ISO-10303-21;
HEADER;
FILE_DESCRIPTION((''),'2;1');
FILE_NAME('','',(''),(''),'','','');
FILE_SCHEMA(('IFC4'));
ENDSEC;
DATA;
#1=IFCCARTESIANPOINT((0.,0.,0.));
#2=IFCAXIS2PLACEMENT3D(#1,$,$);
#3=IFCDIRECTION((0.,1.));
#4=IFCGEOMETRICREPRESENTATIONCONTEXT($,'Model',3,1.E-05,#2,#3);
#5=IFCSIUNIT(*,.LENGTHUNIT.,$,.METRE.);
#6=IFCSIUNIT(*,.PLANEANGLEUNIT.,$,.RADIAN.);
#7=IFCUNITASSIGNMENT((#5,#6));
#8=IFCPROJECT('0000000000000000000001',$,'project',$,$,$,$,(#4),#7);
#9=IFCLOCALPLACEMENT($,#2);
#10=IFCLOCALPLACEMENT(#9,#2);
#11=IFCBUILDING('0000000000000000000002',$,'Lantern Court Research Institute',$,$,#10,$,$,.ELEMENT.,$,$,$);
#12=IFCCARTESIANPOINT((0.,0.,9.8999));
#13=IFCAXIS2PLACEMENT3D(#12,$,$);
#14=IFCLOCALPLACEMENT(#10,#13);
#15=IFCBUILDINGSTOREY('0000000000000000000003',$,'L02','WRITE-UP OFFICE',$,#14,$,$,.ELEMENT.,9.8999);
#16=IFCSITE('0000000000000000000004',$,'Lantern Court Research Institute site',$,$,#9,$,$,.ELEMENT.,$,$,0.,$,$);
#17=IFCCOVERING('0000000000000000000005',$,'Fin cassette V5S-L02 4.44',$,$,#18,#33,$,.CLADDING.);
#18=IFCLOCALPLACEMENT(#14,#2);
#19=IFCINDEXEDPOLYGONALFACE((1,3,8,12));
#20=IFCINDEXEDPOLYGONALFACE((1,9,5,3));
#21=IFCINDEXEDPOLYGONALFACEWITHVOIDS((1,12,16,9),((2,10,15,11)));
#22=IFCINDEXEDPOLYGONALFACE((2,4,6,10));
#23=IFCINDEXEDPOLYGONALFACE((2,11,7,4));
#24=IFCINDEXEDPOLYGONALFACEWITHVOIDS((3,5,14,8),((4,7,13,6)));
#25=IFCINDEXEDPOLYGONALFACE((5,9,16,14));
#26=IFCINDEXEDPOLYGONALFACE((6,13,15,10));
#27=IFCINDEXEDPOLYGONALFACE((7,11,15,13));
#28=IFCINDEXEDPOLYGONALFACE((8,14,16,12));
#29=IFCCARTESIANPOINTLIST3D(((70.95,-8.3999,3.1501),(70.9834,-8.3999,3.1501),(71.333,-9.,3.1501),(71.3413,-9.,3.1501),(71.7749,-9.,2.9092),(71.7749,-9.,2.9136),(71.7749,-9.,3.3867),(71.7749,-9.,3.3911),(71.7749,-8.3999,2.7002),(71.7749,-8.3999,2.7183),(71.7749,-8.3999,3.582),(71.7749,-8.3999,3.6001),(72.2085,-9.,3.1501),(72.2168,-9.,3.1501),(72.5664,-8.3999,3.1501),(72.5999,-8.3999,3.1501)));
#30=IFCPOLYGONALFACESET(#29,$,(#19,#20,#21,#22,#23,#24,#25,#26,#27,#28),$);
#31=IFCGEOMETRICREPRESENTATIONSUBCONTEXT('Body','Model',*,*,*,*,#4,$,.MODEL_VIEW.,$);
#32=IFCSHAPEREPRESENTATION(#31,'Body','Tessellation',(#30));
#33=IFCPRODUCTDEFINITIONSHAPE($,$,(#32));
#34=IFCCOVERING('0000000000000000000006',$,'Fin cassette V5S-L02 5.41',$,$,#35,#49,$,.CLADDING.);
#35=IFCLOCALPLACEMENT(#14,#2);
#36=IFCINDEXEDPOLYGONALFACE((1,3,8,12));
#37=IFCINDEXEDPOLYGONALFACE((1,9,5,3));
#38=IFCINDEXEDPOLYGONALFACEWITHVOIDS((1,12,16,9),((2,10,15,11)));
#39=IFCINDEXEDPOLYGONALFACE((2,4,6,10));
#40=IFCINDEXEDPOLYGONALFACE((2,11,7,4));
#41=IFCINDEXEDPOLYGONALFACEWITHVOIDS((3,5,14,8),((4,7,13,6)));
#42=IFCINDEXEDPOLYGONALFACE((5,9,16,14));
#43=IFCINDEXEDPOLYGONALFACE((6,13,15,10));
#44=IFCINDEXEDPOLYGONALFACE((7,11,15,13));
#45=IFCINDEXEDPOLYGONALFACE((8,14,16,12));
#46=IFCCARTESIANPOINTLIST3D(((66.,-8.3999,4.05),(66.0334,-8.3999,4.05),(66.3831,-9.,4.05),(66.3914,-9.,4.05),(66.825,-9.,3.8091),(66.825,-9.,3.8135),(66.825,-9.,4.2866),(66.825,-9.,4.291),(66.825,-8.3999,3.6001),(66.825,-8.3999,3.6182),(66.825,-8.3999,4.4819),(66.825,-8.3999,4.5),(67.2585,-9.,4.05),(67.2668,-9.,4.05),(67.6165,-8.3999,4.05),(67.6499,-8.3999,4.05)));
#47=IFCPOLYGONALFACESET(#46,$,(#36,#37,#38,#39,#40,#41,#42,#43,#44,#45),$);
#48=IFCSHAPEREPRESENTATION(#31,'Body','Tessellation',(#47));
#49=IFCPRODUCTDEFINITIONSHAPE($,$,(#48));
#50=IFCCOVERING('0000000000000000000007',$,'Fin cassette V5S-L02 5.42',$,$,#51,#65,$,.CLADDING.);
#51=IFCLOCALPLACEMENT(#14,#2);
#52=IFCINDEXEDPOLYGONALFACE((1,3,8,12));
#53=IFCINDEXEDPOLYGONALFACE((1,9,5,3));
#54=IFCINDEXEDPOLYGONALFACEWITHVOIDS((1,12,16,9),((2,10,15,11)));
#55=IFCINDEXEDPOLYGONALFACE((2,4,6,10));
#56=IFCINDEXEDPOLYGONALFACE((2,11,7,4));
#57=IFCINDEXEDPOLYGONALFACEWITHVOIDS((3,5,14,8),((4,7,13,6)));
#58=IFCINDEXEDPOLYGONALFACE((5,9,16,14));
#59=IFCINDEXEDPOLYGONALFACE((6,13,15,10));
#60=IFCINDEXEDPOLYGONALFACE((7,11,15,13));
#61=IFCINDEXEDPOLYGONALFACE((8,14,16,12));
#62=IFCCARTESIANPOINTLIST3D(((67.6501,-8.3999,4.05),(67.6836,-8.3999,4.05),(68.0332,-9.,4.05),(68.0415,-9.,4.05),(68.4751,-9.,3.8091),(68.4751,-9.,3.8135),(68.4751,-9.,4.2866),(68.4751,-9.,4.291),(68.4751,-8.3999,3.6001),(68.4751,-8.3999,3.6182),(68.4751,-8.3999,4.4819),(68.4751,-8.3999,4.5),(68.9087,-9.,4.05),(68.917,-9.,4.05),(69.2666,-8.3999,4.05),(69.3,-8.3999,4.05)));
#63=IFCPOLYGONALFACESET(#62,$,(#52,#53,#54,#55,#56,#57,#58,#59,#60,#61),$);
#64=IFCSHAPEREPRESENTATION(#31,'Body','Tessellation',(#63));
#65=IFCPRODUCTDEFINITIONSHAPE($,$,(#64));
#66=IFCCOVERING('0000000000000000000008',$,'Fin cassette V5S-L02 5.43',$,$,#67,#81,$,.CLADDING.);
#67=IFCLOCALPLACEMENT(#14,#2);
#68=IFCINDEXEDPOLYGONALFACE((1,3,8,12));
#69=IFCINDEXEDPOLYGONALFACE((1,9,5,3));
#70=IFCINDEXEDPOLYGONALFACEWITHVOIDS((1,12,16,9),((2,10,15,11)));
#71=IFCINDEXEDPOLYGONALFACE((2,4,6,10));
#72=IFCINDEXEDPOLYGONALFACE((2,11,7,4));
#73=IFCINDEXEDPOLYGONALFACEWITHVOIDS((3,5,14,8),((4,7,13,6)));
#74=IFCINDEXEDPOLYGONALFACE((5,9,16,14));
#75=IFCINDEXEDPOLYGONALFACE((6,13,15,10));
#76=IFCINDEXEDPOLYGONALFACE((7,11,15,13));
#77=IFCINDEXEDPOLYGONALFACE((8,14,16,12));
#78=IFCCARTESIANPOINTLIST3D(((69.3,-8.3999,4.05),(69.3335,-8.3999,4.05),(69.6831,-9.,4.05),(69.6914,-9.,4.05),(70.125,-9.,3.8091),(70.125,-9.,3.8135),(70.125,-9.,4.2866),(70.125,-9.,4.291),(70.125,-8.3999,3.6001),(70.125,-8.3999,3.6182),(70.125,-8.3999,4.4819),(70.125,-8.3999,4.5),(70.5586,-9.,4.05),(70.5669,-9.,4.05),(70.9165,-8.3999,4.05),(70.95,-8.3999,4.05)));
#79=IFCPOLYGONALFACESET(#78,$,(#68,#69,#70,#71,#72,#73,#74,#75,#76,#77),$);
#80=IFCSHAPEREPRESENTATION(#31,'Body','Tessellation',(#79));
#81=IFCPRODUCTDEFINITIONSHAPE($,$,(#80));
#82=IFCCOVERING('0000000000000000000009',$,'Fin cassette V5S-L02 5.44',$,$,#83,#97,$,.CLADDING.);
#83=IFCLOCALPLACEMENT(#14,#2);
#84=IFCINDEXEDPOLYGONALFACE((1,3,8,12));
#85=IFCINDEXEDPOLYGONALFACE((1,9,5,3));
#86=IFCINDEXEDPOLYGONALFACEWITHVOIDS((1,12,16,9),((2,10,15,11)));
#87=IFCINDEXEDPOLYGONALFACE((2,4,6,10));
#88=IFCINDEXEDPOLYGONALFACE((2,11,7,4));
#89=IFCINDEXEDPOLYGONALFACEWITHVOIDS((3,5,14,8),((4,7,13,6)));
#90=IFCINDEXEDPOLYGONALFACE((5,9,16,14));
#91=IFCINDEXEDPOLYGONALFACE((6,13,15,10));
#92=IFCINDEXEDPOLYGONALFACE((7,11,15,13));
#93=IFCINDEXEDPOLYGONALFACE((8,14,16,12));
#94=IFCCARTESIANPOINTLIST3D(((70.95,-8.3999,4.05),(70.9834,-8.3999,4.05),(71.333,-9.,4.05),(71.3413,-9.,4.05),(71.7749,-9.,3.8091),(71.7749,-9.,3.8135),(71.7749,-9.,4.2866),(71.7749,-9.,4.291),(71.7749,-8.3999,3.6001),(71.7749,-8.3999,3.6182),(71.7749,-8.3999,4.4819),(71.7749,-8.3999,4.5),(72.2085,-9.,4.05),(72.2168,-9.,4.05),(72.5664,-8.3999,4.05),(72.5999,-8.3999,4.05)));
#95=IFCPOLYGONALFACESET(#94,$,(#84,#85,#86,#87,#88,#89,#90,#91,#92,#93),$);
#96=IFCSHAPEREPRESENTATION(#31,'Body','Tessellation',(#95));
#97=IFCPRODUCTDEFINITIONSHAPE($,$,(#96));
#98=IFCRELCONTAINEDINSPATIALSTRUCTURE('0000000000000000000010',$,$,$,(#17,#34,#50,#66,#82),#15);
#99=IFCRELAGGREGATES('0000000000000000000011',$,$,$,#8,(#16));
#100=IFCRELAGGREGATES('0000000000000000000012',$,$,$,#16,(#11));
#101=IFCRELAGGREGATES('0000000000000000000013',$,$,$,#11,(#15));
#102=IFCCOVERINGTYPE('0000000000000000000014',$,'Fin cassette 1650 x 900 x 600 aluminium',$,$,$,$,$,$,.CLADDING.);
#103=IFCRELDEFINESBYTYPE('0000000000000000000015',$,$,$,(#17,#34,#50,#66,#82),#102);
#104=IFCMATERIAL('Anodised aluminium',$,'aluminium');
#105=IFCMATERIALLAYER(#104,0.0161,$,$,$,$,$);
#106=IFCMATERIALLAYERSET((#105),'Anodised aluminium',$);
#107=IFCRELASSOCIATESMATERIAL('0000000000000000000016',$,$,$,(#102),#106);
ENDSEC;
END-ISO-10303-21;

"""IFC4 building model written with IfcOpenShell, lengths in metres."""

from ifc_helpers import new_model, entity, si_unit, direction, frame, origin, place, context, subcontext, project, spatial, material, layer, layer_set, type_object, element, save


model = new_model("IFC4")

# Units and contexts
model_context = context("Model", 3, precision=1e-05, world=origin(), true_north=direction((0.0, 1.0)))
body_context = subcontext(model_context, "Body", "Model", "MODEL_VIEW")
ifc_project = project(units=[si_unit("LENGTHUNIT", "METRE"), si_unit("PLANEANGLEUNIT", "RADIAN")], contexts=[model_context])

# Site, building, storey
site_placement = place(None, origin())
site = spatial("IfcSite", under=ifc_project, at=site_placement, Name="Lantern Court Research Institute site", CompositionType="ELEMENT", RefElevation=0.0)
building_placement = place(site_placement, origin())
building = spatial("IfcBuilding", under=site, at=building_placement, Name="Lantern Court Research Institute", CompositionType="ELEMENT")
storey_placement = place(building_placement, frame((0.0, 0.0, 9.8999)))
storey = spatial("IfcBuildingStorey", under=building, at=storey_placement, Name="L02", Description="WRITE-UP OFFICE", CompositionType="ELEMENT", Elevation=9.8999)

# Coverings
ifc_material_1 = material(Name="Anodised aluminium", Category="aluminium")
ifc_layer_1 = layer(ifc_material_1, 0.0161)
ifc_layer_set_1 = layer_set([ifc_layer_1], Name="Anodised aluminium")
covering_type = type_object("IfcCoveringType", Name="Fin cassette 1650 x 900 x 600 aluminium", PredefinedType="CLADDING", material=ifc_layer_set_1)
covering_1_placement = place(storey_placement, frame((71.7749, -8.3999, 3.1501), z_axis=(0.0, -1.0, 0.0), x_axis=(1.0, 0.0, 0.0)))
cartesian_point_1 = entity("IfcCartesianPoint", [0.825, 0.0])
cartesian_point_2 = entity("IfcCartesianPoint", [0.7915, 0.0])
cartesian_point_3 = entity("IfcCartesianPoint", [0.4419, 0.0])
cartesian_point_4 = entity("IfcCartesianPoint", [0.4336, 0.0])
element("IfcCovering", 1, at=covering_1_placement, inside=storey, type_object=covering_type, Name="Fin cassette V5S-L02 4.44", PredefinedType="CLADDING", context=body_context, shape_type="SweptSolid", body=[
    entity("IfcExtrudedAreaSolidTapered", entity("IfcArbitraryProfileDefWithVoids", "AREA", None, entity("IfcPolyline", [cartesian_point_1, entity("IfcCartesianPoint", [0.0, 0.45]), entity("IfcCartesianPoint", [-0.825, 0.0]), entity("IfcCartesianPoint", [0.0, -0.45]), cartesian_point_1]), [entity("IfcPolyline", [cartesian_point_2, entity("IfcCartesianPoint", [0.0, 0.4319]), entity("IfcCartesianPoint", [-0.7915, 0.0]), entity("IfcCartesianPoint", [0.0, -0.4319]), cartesian_point_2])]), entity("IfcAxis2Placement3D", entity("IfcCartesianPoint", [0.0, 0.0, 0.0])), entity("IfcDirection", [0.0, 0.0, 1.0]), 0.6001, entity("IfcArbitraryProfileDefWithVoids", "AREA", None, entity("IfcPolyline", [cartesian_point_3, entity("IfcCartesianPoint", [0.0, 0.241]), entity("IfcCartesianPoint", [-0.4419, 0.0]), entity("IfcCartesianPoint", [0.0, -0.241]), cartesian_point_3]), [entity("IfcPolyline", [cartesian_point_4, entity("IfcCartesianPoint", [0.0, 0.2366]), entity("IfcCartesianPoint", [-0.4336, 0.0]), entity("IfcCartesianPoint", [0.0, -0.2366]), cartesian_point_4])])),
])
covering_2_placement = place(storey_placement, frame((66.825, -8.3999, 4.05), z_axis=(0.0, -1.0, 0.0), x_axis=(1.0, 0.0, 0.0)))
cartesian_point_5 = entity("IfcCartesianPoint", [0.825, 0.0])
cartesian_point_6 = entity("IfcCartesianPoint", [0.7915, 0.0])
cartesian_point_7 = entity("IfcCartesianPoint", [0.4419, 0.0])
cartesian_point_8 = entity("IfcCartesianPoint", [0.4336, 0.0])
element("IfcCovering", 2, at=covering_2_placement, inside=storey, type_object=covering_type, Name="Fin cassette V5S-L02 5.41", PredefinedType="CLADDING", context=body_context, shape_type="SweptSolid", body=[
    entity("IfcExtrudedAreaSolidTapered", entity("IfcArbitraryProfileDefWithVoids", "AREA", None, entity("IfcPolyline", [cartesian_point_5, entity("IfcCartesianPoint", [0.0, 0.45]), entity("IfcCartesianPoint", [-0.825, 0.0]), entity("IfcCartesianPoint", [0.0, -0.45]), cartesian_point_5]), [entity("IfcPolyline", [cartesian_point_6, entity("IfcCartesianPoint", [0.0, 0.4319]), entity("IfcCartesianPoint", [-0.7915, 0.0]), entity("IfcCartesianPoint", [0.0, -0.4319]), cartesian_point_6])]), entity("IfcAxis2Placement3D", entity("IfcCartesianPoint", [0.0, 0.0, 0.0])), entity("IfcDirection", [0.0, 0.0, 1.0]), 0.6001, entity("IfcArbitraryProfileDefWithVoids", "AREA", None, entity("IfcPolyline", [cartesian_point_7, entity("IfcCartesianPoint", [0.0, 0.241]), entity("IfcCartesianPoint", [-0.4419, 0.0]), entity("IfcCartesianPoint", [0.0, -0.241]), cartesian_point_7]), [entity("IfcPolyline", [cartesian_point_8, entity("IfcCartesianPoint", [0.0, 0.2366]), entity("IfcCartesianPoint", [-0.4336, 0.0]), entity("IfcCartesianPoint", [0.0, -0.2366]), cartesian_point_8])])),
])
covering_3_placement = place(storey_placement, frame((68.4751, -8.3999, 4.05), z_axis=(0.0, -1.0, 0.0), x_axis=(1.0, 0.0, 0.0)))
cartesian_point_9 = entity("IfcCartesianPoint", [0.825, 0.0])
cartesian_point_10 = entity("IfcCartesianPoint", [0.7915, 0.0])
cartesian_point_11 = entity("IfcCartesianPoint", [0.4419, 0.0])
cartesian_point_12 = entity("IfcCartesianPoint", [0.4336, 0.0])
element("IfcCovering", 3, at=covering_3_placement, inside=storey, type_object=covering_type, Name="Fin cassette V5S-L02 5.42", PredefinedType="CLADDING", context=body_context, shape_type="SweptSolid", body=[
    entity("IfcExtrudedAreaSolidTapered", entity("IfcArbitraryProfileDefWithVoids", "AREA", None, entity("IfcPolyline", [cartesian_point_9, entity("IfcCartesianPoint", [0.0, 0.45]), entity("IfcCartesianPoint", [-0.825, 0.0]), entity("IfcCartesianPoint", [0.0, -0.45]), cartesian_point_9]), [entity("IfcPolyline", [cartesian_point_10, entity("IfcCartesianPoint", [0.0, 0.4319]), entity("IfcCartesianPoint", [-0.7915, 0.0]), entity("IfcCartesianPoint", [0.0, -0.4319]), cartesian_point_10])]), entity("IfcAxis2Placement3D", entity("IfcCartesianPoint", [0.0, 0.0, 0.0])), entity("IfcDirection", [0.0, 0.0, 1.0]), 0.6001, entity("IfcArbitraryProfileDefWithVoids", "AREA", None, entity("IfcPolyline", [cartesian_point_11, entity("IfcCartesianPoint", [0.0, 0.241]), entity("IfcCartesianPoint", [-0.4419, 0.0]), entity("IfcCartesianPoint", [0.0, -0.241]), cartesian_point_11]), [entity("IfcPolyline", [cartesian_point_12, entity("IfcCartesianPoint", [0.0, 0.2366]), entity("IfcCartesianPoint", [-0.4336, 0.0]), entity("IfcCartesianPoint", [0.0, -0.2366]), cartesian_point_12])])),
])
covering_4_placement = place(storey_placement, frame((70.125, -8.3999, 4.05), z_axis=(0.0, -1.0, 0.0), x_axis=(1.0, 0.0, 0.0)))
cartesian_point_13 = entity("IfcCartesianPoint", [0.825, 0.0])
cartesian_point_14 = entity("IfcCartesianPoint", [0.7915, 0.0])
cartesian_point_15 = entity("IfcCartesianPoint", [0.4419, 0.0])
cartesian_point_16 = entity("IfcCartesianPoint", [0.4336, 0.0])
element("IfcCovering", 4, at=covering_4_placement, inside=storey, type_object=covering_type, Name="Fin cassette V5S-L02 5.43", PredefinedType="CLADDING", context=body_context, shape_type="SweptSolid", body=[
    entity("IfcExtrudedAreaSolidTapered", entity("IfcArbitraryProfileDefWithVoids", "AREA", None, entity("IfcPolyline", [cartesian_point_13, entity("IfcCartesianPoint", [0.0, 0.45]), entity("IfcCartesianPoint", [-0.825, 0.0]), entity("IfcCartesianPoint", [0.0, -0.45]), cartesian_point_13]), [entity("IfcPolyline", [cartesian_point_14, entity("IfcCartesianPoint", [0.0, 0.4319]), entity("IfcCartesianPoint", [-0.7915, 0.0]), entity("IfcCartesianPoint", [0.0, -0.4319]), cartesian_point_14])]), entity("IfcAxis2Placement3D", entity("IfcCartesianPoint", [0.0, 0.0, 0.0])), entity("IfcDirection", [0.0, 0.0, 1.0]), 0.6001, entity("IfcArbitraryProfileDefWithVoids", "AREA", None, entity("IfcPolyline", [cartesian_point_15, entity("IfcCartesianPoint", [0.0, 0.241]), entity("IfcCartesianPoint", [-0.4419, 0.0]), entity("IfcCartesianPoint", [0.0, -0.241]), cartesian_point_15]), [entity("IfcPolyline", [cartesian_point_16, entity("IfcCartesianPoint", [0.0, 0.2366]), entity("IfcCartesianPoint", [-0.4336, 0.0]), entity("IfcCartesianPoint", [0.0, -0.2366]), cartesian_point_16])])),
])
covering_5_placement = place(storey_placement, frame((71.7749, -8.3999, 4.05), z_axis=(0.0, -1.0, 0.0), x_axis=(1.0, 0.0, 0.0)))
cartesian_point_17 = entity("IfcCartesianPoint", [0.825, 0.0])
cartesian_point_18 = entity("IfcCartesianPoint", [0.7915, 0.0])
cartesian_point_19 = entity("IfcCartesianPoint", [0.4419, 0.0])
cartesian_point_20 = entity("IfcCartesianPoint", [0.4336, 0.0])
element("IfcCovering", 5, at=covering_5_placement, inside=storey, type_object=covering_type, Name="Fin cassette V5S-L02 5.44", PredefinedType="CLADDING", context=body_context, shape_type="SweptSolid", body=[
    entity("IfcExtrudedAreaSolidTapered", entity("IfcArbitraryProfileDefWithVoids", "AREA", None, entity("IfcPolyline", [cartesian_point_17, entity("IfcCartesianPoint", [0.0, 0.45]), entity("IfcCartesianPoint", [-0.825, 0.0]), entity("IfcCartesianPoint", [0.0, -0.45]), cartesian_point_17]), [entity("IfcPolyline", [cartesian_point_18, entity("IfcCartesianPoint", [0.0, 0.4319]), entity("IfcCartesianPoint", [-0.7915, 0.0]), entity("IfcCartesianPoint", [0.0, -0.4319]), cartesian_point_18])]), entity("IfcAxis2Placement3D", entity("IfcCartesianPoint", [0.0, 0.0, 0.0])), entity("IfcDirection", [0.0, 0.0, 1.0]), 0.6001, entity("IfcArbitraryProfileDefWithVoids", "AREA", None, entity("IfcPolyline", [cartesian_point_19, entity("IfcCartesianPoint", [0.0, 0.241]), entity("IfcCartesianPoint", [-0.4419, 0.0]), entity("IfcCartesianPoint", [0.0, -0.241]), cartesian_point_19]), [entity("IfcPolyline", [cartesian_point_20, entity("IfcCartesianPoint", [0.0, 0.2366]), entity("IfcCartesianPoint", [-0.4336, 0.0]), entity("IfcCartesianPoint", [0.0, -0.2366]), cartesian_point_20])])),
])

save(model, "model.ifc")
